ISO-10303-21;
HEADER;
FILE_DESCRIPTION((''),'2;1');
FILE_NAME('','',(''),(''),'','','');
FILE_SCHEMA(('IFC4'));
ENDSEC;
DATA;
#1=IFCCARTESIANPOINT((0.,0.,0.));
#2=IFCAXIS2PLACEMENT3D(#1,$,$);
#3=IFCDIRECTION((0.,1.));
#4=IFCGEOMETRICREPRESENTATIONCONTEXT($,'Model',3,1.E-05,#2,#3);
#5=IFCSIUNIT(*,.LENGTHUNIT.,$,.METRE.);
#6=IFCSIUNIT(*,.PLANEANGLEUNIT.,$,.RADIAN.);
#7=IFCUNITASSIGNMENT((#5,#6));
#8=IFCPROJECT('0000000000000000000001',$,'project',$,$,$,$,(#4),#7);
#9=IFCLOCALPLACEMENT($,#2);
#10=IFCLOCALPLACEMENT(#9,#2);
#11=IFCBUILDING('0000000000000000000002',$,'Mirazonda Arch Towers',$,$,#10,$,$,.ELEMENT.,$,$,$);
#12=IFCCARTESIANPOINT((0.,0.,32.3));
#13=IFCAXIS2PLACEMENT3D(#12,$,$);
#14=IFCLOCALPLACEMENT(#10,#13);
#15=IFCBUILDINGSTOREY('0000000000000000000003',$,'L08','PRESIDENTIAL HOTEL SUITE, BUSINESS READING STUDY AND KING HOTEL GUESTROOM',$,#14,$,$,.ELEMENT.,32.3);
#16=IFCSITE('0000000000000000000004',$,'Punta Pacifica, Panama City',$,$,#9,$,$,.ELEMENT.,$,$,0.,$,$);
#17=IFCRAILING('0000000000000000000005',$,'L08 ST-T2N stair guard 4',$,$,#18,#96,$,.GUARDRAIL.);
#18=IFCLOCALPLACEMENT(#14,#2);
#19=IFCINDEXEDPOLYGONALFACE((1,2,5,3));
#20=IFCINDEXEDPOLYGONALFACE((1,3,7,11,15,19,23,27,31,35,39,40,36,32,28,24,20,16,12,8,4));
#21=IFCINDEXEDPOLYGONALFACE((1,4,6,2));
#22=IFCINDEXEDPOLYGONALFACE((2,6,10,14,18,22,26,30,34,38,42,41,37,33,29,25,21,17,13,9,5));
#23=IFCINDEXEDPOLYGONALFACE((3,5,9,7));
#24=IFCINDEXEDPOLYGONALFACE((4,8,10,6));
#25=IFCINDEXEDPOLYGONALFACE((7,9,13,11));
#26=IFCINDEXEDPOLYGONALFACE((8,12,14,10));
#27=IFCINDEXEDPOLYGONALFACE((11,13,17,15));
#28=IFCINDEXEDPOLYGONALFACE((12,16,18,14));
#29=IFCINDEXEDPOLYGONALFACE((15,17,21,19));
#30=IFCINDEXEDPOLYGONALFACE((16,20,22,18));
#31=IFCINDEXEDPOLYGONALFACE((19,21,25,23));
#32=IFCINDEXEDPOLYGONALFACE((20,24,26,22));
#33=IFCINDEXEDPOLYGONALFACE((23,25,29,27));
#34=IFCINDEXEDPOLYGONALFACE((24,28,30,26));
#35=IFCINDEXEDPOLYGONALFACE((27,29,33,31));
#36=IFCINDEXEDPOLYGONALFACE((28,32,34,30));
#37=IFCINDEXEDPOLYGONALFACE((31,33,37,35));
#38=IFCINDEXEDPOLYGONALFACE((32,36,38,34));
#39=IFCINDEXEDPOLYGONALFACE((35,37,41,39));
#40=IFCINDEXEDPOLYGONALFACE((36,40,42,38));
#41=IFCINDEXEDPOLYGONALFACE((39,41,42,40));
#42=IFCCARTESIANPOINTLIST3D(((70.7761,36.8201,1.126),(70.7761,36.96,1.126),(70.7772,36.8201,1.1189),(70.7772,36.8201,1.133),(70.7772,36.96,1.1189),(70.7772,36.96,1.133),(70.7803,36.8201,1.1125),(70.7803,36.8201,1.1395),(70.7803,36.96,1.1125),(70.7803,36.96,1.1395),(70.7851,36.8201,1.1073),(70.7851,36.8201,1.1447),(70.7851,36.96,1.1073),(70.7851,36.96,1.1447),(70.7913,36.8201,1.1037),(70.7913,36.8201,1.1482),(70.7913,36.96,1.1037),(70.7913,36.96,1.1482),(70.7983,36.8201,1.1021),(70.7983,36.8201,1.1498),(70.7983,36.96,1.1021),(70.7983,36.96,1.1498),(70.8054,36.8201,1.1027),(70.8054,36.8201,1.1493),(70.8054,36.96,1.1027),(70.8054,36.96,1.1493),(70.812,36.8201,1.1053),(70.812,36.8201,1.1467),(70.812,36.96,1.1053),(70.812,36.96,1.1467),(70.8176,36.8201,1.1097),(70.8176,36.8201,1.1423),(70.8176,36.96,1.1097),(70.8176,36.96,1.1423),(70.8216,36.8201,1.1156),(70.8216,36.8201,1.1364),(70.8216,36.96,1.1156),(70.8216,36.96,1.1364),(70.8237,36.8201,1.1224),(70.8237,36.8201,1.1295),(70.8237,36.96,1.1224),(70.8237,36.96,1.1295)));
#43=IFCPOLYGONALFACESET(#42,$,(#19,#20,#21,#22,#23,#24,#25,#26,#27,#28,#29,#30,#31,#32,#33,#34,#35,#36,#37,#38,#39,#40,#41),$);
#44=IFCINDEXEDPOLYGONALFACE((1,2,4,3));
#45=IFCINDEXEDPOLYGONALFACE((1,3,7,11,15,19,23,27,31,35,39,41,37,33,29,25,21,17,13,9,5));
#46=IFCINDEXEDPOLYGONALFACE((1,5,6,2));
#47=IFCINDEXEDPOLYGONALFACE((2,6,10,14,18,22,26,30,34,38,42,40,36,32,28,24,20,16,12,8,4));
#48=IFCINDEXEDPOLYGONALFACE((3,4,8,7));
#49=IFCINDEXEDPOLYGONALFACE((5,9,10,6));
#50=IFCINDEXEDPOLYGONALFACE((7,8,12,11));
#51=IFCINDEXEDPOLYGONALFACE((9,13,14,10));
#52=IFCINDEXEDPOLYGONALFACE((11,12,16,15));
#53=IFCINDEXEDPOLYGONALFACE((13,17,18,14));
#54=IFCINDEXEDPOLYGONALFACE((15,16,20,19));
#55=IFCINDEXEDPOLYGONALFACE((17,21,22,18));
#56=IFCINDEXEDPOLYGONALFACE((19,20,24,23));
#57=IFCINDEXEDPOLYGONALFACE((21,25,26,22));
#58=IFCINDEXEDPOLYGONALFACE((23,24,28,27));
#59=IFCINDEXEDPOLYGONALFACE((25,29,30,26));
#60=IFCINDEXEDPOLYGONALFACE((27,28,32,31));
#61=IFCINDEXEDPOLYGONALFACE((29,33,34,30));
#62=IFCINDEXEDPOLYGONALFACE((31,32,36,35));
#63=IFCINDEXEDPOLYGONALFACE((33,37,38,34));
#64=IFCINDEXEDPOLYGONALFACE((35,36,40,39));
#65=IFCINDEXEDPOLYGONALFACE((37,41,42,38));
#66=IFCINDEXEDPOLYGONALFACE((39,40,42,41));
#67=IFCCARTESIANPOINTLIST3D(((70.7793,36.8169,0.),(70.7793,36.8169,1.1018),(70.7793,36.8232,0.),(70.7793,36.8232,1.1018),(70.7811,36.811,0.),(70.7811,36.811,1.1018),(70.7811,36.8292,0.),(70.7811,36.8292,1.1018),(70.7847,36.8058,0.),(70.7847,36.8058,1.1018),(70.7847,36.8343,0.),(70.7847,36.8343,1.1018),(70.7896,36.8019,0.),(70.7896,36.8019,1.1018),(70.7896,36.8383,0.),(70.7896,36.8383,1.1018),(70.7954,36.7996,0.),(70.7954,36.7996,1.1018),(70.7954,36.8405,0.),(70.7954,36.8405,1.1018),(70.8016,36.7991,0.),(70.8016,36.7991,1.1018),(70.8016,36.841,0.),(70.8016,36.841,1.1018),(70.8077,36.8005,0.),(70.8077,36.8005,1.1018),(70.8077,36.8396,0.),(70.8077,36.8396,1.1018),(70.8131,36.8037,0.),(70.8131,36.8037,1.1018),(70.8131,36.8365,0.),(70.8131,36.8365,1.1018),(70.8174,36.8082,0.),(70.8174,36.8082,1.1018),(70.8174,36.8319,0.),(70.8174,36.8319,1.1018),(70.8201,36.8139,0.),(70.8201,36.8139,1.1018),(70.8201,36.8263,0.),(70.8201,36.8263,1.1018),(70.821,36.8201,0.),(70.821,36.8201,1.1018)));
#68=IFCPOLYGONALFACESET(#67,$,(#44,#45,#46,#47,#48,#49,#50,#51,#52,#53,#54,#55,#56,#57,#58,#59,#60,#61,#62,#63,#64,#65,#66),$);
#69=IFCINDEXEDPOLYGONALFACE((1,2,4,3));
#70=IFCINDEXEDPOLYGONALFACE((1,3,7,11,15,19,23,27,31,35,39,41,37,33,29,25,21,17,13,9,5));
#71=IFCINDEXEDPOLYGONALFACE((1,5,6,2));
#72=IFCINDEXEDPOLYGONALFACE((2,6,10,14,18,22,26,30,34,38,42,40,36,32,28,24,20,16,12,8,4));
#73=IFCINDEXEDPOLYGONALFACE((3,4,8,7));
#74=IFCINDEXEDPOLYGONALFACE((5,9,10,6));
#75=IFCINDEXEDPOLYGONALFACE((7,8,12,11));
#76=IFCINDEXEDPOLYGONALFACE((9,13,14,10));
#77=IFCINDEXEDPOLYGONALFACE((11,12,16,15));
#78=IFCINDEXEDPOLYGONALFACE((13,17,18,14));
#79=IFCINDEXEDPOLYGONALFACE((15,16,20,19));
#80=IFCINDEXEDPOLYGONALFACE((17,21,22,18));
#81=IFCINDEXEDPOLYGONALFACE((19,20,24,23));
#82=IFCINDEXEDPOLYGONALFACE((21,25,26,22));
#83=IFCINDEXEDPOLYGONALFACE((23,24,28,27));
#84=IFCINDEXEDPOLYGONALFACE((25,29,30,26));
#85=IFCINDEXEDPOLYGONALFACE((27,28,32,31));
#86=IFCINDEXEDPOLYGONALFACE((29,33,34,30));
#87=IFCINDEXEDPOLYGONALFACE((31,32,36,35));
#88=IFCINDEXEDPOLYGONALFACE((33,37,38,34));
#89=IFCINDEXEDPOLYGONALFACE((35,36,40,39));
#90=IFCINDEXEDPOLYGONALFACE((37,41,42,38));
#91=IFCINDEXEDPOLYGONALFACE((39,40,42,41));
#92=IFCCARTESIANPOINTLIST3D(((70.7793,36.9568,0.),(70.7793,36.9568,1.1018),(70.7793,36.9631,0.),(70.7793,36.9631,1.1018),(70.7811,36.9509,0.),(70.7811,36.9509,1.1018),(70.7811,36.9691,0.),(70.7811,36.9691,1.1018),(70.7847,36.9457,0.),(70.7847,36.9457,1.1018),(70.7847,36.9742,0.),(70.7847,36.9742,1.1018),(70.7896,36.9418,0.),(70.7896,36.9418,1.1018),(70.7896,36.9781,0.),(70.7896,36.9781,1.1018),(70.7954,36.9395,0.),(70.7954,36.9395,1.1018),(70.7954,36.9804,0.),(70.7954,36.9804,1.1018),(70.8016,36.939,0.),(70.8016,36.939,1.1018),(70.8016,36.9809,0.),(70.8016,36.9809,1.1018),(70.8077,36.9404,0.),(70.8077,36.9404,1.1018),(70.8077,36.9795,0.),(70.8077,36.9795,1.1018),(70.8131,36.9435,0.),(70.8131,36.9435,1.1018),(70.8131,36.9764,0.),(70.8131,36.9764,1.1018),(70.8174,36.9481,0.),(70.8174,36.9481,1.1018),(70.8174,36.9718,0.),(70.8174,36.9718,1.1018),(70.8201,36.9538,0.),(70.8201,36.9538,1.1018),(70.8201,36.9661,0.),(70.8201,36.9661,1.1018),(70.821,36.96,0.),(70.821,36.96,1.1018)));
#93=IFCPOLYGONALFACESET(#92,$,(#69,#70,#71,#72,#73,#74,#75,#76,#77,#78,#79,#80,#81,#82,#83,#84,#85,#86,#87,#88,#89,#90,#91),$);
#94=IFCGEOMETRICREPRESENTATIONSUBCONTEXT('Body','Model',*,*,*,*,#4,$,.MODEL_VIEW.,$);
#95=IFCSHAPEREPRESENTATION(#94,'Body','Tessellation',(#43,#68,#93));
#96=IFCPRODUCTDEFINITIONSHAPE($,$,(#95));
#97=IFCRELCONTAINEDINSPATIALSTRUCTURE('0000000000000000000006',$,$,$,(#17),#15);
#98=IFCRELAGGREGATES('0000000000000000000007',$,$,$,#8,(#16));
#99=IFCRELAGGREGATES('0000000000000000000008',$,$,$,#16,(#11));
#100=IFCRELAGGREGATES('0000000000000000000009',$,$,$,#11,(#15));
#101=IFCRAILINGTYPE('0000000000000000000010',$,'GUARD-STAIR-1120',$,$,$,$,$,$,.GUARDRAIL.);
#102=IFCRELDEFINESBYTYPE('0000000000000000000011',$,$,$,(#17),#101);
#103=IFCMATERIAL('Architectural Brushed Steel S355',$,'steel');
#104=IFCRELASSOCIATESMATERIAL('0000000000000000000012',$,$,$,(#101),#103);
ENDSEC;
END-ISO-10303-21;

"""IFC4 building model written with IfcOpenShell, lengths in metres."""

from ifc_helpers import new_model, si_unit, direction, frame, origin, origin_2d, place, context, subcontext, project, spatial, circle, extrude, material, type_object, element, save


model = new_model("IFC4")

# Units and contexts
model_context = context("Model", 3, precision=1e-05, world=origin(), true_north=direction((0.0, 1.0)))
body_context = subcontext(model_context, "Body", "Model", "MODEL_VIEW")
ifc_project = project(units=[si_unit("LENGTHUNIT", "METRE"), si_unit("PLANEANGLEUNIT", "RADIAN")], contexts=[model_context])

# Site, building, storey
site_placement = place(None, origin())
site = spatial("IfcSite", under=ifc_project, at=site_placement, Name="Punta Pacifica, Panama City", CompositionType="ELEMENT", RefElevation=0.0)
building_placement = place(site_placement, origin())
building = spatial("IfcBuilding", under=site, at=building_placement, Name="Mirazonda Arch Towers", CompositionType="ELEMENT")
storey_placement = place(building_placement, frame((0.0, 0.0, 32.3)))
storey = spatial("IfcBuildingStorey", under=building, at=storey_placement, Name="L08", Description="PRESIDENTIAL HOTEL SUITE, BUSINESS READING STUDY AND KING HOTEL GUESTROOM", CompositionType="ELEMENT", Elevation=32.3)

# Railing
ifc_material_1 = material(Name="Architectural Brushed Steel S355", Category="steel")
railing_type_1 = type_object("IfcRailingType", Name="GUARD-STAIR-1120", PredefinedType="GUARDRAIL", material=ifc_material_1)
railing_1_placement = place(storey_placement, frame((70.8, 36.8201, 0.0)))
element("IfcRailing", 1, at=railing_1_placement, inside=storey, type_object=railing_type_1, Name="L08 ST-T2N stair guard 4", PredefinedType="GUARDRAIL", context=body_context, shape_type="SweptSolid", body=[
    extrude(circle(Radius=0.0239, at=origin_2d()), frame((0.0, 0.0, 1.126), z_axis=(0.0, 1.0, 0.0), x_axis=(-1.0, 0.0, 0.0)), (0.0, 0.0, 1.0), 0.1399),
    extrude(circle(Radius=0.021, at=origin_2d()), origin(), (0.0, 0.0, 1.0), 1.1018),
    extrude(circle(Radius=0.021, at=origin_2d()), frame((0.0, 0.1399, 0.0)), (0.0, 0.0, 1.0), 1.1018),
])

save(model, "model.ifc")
